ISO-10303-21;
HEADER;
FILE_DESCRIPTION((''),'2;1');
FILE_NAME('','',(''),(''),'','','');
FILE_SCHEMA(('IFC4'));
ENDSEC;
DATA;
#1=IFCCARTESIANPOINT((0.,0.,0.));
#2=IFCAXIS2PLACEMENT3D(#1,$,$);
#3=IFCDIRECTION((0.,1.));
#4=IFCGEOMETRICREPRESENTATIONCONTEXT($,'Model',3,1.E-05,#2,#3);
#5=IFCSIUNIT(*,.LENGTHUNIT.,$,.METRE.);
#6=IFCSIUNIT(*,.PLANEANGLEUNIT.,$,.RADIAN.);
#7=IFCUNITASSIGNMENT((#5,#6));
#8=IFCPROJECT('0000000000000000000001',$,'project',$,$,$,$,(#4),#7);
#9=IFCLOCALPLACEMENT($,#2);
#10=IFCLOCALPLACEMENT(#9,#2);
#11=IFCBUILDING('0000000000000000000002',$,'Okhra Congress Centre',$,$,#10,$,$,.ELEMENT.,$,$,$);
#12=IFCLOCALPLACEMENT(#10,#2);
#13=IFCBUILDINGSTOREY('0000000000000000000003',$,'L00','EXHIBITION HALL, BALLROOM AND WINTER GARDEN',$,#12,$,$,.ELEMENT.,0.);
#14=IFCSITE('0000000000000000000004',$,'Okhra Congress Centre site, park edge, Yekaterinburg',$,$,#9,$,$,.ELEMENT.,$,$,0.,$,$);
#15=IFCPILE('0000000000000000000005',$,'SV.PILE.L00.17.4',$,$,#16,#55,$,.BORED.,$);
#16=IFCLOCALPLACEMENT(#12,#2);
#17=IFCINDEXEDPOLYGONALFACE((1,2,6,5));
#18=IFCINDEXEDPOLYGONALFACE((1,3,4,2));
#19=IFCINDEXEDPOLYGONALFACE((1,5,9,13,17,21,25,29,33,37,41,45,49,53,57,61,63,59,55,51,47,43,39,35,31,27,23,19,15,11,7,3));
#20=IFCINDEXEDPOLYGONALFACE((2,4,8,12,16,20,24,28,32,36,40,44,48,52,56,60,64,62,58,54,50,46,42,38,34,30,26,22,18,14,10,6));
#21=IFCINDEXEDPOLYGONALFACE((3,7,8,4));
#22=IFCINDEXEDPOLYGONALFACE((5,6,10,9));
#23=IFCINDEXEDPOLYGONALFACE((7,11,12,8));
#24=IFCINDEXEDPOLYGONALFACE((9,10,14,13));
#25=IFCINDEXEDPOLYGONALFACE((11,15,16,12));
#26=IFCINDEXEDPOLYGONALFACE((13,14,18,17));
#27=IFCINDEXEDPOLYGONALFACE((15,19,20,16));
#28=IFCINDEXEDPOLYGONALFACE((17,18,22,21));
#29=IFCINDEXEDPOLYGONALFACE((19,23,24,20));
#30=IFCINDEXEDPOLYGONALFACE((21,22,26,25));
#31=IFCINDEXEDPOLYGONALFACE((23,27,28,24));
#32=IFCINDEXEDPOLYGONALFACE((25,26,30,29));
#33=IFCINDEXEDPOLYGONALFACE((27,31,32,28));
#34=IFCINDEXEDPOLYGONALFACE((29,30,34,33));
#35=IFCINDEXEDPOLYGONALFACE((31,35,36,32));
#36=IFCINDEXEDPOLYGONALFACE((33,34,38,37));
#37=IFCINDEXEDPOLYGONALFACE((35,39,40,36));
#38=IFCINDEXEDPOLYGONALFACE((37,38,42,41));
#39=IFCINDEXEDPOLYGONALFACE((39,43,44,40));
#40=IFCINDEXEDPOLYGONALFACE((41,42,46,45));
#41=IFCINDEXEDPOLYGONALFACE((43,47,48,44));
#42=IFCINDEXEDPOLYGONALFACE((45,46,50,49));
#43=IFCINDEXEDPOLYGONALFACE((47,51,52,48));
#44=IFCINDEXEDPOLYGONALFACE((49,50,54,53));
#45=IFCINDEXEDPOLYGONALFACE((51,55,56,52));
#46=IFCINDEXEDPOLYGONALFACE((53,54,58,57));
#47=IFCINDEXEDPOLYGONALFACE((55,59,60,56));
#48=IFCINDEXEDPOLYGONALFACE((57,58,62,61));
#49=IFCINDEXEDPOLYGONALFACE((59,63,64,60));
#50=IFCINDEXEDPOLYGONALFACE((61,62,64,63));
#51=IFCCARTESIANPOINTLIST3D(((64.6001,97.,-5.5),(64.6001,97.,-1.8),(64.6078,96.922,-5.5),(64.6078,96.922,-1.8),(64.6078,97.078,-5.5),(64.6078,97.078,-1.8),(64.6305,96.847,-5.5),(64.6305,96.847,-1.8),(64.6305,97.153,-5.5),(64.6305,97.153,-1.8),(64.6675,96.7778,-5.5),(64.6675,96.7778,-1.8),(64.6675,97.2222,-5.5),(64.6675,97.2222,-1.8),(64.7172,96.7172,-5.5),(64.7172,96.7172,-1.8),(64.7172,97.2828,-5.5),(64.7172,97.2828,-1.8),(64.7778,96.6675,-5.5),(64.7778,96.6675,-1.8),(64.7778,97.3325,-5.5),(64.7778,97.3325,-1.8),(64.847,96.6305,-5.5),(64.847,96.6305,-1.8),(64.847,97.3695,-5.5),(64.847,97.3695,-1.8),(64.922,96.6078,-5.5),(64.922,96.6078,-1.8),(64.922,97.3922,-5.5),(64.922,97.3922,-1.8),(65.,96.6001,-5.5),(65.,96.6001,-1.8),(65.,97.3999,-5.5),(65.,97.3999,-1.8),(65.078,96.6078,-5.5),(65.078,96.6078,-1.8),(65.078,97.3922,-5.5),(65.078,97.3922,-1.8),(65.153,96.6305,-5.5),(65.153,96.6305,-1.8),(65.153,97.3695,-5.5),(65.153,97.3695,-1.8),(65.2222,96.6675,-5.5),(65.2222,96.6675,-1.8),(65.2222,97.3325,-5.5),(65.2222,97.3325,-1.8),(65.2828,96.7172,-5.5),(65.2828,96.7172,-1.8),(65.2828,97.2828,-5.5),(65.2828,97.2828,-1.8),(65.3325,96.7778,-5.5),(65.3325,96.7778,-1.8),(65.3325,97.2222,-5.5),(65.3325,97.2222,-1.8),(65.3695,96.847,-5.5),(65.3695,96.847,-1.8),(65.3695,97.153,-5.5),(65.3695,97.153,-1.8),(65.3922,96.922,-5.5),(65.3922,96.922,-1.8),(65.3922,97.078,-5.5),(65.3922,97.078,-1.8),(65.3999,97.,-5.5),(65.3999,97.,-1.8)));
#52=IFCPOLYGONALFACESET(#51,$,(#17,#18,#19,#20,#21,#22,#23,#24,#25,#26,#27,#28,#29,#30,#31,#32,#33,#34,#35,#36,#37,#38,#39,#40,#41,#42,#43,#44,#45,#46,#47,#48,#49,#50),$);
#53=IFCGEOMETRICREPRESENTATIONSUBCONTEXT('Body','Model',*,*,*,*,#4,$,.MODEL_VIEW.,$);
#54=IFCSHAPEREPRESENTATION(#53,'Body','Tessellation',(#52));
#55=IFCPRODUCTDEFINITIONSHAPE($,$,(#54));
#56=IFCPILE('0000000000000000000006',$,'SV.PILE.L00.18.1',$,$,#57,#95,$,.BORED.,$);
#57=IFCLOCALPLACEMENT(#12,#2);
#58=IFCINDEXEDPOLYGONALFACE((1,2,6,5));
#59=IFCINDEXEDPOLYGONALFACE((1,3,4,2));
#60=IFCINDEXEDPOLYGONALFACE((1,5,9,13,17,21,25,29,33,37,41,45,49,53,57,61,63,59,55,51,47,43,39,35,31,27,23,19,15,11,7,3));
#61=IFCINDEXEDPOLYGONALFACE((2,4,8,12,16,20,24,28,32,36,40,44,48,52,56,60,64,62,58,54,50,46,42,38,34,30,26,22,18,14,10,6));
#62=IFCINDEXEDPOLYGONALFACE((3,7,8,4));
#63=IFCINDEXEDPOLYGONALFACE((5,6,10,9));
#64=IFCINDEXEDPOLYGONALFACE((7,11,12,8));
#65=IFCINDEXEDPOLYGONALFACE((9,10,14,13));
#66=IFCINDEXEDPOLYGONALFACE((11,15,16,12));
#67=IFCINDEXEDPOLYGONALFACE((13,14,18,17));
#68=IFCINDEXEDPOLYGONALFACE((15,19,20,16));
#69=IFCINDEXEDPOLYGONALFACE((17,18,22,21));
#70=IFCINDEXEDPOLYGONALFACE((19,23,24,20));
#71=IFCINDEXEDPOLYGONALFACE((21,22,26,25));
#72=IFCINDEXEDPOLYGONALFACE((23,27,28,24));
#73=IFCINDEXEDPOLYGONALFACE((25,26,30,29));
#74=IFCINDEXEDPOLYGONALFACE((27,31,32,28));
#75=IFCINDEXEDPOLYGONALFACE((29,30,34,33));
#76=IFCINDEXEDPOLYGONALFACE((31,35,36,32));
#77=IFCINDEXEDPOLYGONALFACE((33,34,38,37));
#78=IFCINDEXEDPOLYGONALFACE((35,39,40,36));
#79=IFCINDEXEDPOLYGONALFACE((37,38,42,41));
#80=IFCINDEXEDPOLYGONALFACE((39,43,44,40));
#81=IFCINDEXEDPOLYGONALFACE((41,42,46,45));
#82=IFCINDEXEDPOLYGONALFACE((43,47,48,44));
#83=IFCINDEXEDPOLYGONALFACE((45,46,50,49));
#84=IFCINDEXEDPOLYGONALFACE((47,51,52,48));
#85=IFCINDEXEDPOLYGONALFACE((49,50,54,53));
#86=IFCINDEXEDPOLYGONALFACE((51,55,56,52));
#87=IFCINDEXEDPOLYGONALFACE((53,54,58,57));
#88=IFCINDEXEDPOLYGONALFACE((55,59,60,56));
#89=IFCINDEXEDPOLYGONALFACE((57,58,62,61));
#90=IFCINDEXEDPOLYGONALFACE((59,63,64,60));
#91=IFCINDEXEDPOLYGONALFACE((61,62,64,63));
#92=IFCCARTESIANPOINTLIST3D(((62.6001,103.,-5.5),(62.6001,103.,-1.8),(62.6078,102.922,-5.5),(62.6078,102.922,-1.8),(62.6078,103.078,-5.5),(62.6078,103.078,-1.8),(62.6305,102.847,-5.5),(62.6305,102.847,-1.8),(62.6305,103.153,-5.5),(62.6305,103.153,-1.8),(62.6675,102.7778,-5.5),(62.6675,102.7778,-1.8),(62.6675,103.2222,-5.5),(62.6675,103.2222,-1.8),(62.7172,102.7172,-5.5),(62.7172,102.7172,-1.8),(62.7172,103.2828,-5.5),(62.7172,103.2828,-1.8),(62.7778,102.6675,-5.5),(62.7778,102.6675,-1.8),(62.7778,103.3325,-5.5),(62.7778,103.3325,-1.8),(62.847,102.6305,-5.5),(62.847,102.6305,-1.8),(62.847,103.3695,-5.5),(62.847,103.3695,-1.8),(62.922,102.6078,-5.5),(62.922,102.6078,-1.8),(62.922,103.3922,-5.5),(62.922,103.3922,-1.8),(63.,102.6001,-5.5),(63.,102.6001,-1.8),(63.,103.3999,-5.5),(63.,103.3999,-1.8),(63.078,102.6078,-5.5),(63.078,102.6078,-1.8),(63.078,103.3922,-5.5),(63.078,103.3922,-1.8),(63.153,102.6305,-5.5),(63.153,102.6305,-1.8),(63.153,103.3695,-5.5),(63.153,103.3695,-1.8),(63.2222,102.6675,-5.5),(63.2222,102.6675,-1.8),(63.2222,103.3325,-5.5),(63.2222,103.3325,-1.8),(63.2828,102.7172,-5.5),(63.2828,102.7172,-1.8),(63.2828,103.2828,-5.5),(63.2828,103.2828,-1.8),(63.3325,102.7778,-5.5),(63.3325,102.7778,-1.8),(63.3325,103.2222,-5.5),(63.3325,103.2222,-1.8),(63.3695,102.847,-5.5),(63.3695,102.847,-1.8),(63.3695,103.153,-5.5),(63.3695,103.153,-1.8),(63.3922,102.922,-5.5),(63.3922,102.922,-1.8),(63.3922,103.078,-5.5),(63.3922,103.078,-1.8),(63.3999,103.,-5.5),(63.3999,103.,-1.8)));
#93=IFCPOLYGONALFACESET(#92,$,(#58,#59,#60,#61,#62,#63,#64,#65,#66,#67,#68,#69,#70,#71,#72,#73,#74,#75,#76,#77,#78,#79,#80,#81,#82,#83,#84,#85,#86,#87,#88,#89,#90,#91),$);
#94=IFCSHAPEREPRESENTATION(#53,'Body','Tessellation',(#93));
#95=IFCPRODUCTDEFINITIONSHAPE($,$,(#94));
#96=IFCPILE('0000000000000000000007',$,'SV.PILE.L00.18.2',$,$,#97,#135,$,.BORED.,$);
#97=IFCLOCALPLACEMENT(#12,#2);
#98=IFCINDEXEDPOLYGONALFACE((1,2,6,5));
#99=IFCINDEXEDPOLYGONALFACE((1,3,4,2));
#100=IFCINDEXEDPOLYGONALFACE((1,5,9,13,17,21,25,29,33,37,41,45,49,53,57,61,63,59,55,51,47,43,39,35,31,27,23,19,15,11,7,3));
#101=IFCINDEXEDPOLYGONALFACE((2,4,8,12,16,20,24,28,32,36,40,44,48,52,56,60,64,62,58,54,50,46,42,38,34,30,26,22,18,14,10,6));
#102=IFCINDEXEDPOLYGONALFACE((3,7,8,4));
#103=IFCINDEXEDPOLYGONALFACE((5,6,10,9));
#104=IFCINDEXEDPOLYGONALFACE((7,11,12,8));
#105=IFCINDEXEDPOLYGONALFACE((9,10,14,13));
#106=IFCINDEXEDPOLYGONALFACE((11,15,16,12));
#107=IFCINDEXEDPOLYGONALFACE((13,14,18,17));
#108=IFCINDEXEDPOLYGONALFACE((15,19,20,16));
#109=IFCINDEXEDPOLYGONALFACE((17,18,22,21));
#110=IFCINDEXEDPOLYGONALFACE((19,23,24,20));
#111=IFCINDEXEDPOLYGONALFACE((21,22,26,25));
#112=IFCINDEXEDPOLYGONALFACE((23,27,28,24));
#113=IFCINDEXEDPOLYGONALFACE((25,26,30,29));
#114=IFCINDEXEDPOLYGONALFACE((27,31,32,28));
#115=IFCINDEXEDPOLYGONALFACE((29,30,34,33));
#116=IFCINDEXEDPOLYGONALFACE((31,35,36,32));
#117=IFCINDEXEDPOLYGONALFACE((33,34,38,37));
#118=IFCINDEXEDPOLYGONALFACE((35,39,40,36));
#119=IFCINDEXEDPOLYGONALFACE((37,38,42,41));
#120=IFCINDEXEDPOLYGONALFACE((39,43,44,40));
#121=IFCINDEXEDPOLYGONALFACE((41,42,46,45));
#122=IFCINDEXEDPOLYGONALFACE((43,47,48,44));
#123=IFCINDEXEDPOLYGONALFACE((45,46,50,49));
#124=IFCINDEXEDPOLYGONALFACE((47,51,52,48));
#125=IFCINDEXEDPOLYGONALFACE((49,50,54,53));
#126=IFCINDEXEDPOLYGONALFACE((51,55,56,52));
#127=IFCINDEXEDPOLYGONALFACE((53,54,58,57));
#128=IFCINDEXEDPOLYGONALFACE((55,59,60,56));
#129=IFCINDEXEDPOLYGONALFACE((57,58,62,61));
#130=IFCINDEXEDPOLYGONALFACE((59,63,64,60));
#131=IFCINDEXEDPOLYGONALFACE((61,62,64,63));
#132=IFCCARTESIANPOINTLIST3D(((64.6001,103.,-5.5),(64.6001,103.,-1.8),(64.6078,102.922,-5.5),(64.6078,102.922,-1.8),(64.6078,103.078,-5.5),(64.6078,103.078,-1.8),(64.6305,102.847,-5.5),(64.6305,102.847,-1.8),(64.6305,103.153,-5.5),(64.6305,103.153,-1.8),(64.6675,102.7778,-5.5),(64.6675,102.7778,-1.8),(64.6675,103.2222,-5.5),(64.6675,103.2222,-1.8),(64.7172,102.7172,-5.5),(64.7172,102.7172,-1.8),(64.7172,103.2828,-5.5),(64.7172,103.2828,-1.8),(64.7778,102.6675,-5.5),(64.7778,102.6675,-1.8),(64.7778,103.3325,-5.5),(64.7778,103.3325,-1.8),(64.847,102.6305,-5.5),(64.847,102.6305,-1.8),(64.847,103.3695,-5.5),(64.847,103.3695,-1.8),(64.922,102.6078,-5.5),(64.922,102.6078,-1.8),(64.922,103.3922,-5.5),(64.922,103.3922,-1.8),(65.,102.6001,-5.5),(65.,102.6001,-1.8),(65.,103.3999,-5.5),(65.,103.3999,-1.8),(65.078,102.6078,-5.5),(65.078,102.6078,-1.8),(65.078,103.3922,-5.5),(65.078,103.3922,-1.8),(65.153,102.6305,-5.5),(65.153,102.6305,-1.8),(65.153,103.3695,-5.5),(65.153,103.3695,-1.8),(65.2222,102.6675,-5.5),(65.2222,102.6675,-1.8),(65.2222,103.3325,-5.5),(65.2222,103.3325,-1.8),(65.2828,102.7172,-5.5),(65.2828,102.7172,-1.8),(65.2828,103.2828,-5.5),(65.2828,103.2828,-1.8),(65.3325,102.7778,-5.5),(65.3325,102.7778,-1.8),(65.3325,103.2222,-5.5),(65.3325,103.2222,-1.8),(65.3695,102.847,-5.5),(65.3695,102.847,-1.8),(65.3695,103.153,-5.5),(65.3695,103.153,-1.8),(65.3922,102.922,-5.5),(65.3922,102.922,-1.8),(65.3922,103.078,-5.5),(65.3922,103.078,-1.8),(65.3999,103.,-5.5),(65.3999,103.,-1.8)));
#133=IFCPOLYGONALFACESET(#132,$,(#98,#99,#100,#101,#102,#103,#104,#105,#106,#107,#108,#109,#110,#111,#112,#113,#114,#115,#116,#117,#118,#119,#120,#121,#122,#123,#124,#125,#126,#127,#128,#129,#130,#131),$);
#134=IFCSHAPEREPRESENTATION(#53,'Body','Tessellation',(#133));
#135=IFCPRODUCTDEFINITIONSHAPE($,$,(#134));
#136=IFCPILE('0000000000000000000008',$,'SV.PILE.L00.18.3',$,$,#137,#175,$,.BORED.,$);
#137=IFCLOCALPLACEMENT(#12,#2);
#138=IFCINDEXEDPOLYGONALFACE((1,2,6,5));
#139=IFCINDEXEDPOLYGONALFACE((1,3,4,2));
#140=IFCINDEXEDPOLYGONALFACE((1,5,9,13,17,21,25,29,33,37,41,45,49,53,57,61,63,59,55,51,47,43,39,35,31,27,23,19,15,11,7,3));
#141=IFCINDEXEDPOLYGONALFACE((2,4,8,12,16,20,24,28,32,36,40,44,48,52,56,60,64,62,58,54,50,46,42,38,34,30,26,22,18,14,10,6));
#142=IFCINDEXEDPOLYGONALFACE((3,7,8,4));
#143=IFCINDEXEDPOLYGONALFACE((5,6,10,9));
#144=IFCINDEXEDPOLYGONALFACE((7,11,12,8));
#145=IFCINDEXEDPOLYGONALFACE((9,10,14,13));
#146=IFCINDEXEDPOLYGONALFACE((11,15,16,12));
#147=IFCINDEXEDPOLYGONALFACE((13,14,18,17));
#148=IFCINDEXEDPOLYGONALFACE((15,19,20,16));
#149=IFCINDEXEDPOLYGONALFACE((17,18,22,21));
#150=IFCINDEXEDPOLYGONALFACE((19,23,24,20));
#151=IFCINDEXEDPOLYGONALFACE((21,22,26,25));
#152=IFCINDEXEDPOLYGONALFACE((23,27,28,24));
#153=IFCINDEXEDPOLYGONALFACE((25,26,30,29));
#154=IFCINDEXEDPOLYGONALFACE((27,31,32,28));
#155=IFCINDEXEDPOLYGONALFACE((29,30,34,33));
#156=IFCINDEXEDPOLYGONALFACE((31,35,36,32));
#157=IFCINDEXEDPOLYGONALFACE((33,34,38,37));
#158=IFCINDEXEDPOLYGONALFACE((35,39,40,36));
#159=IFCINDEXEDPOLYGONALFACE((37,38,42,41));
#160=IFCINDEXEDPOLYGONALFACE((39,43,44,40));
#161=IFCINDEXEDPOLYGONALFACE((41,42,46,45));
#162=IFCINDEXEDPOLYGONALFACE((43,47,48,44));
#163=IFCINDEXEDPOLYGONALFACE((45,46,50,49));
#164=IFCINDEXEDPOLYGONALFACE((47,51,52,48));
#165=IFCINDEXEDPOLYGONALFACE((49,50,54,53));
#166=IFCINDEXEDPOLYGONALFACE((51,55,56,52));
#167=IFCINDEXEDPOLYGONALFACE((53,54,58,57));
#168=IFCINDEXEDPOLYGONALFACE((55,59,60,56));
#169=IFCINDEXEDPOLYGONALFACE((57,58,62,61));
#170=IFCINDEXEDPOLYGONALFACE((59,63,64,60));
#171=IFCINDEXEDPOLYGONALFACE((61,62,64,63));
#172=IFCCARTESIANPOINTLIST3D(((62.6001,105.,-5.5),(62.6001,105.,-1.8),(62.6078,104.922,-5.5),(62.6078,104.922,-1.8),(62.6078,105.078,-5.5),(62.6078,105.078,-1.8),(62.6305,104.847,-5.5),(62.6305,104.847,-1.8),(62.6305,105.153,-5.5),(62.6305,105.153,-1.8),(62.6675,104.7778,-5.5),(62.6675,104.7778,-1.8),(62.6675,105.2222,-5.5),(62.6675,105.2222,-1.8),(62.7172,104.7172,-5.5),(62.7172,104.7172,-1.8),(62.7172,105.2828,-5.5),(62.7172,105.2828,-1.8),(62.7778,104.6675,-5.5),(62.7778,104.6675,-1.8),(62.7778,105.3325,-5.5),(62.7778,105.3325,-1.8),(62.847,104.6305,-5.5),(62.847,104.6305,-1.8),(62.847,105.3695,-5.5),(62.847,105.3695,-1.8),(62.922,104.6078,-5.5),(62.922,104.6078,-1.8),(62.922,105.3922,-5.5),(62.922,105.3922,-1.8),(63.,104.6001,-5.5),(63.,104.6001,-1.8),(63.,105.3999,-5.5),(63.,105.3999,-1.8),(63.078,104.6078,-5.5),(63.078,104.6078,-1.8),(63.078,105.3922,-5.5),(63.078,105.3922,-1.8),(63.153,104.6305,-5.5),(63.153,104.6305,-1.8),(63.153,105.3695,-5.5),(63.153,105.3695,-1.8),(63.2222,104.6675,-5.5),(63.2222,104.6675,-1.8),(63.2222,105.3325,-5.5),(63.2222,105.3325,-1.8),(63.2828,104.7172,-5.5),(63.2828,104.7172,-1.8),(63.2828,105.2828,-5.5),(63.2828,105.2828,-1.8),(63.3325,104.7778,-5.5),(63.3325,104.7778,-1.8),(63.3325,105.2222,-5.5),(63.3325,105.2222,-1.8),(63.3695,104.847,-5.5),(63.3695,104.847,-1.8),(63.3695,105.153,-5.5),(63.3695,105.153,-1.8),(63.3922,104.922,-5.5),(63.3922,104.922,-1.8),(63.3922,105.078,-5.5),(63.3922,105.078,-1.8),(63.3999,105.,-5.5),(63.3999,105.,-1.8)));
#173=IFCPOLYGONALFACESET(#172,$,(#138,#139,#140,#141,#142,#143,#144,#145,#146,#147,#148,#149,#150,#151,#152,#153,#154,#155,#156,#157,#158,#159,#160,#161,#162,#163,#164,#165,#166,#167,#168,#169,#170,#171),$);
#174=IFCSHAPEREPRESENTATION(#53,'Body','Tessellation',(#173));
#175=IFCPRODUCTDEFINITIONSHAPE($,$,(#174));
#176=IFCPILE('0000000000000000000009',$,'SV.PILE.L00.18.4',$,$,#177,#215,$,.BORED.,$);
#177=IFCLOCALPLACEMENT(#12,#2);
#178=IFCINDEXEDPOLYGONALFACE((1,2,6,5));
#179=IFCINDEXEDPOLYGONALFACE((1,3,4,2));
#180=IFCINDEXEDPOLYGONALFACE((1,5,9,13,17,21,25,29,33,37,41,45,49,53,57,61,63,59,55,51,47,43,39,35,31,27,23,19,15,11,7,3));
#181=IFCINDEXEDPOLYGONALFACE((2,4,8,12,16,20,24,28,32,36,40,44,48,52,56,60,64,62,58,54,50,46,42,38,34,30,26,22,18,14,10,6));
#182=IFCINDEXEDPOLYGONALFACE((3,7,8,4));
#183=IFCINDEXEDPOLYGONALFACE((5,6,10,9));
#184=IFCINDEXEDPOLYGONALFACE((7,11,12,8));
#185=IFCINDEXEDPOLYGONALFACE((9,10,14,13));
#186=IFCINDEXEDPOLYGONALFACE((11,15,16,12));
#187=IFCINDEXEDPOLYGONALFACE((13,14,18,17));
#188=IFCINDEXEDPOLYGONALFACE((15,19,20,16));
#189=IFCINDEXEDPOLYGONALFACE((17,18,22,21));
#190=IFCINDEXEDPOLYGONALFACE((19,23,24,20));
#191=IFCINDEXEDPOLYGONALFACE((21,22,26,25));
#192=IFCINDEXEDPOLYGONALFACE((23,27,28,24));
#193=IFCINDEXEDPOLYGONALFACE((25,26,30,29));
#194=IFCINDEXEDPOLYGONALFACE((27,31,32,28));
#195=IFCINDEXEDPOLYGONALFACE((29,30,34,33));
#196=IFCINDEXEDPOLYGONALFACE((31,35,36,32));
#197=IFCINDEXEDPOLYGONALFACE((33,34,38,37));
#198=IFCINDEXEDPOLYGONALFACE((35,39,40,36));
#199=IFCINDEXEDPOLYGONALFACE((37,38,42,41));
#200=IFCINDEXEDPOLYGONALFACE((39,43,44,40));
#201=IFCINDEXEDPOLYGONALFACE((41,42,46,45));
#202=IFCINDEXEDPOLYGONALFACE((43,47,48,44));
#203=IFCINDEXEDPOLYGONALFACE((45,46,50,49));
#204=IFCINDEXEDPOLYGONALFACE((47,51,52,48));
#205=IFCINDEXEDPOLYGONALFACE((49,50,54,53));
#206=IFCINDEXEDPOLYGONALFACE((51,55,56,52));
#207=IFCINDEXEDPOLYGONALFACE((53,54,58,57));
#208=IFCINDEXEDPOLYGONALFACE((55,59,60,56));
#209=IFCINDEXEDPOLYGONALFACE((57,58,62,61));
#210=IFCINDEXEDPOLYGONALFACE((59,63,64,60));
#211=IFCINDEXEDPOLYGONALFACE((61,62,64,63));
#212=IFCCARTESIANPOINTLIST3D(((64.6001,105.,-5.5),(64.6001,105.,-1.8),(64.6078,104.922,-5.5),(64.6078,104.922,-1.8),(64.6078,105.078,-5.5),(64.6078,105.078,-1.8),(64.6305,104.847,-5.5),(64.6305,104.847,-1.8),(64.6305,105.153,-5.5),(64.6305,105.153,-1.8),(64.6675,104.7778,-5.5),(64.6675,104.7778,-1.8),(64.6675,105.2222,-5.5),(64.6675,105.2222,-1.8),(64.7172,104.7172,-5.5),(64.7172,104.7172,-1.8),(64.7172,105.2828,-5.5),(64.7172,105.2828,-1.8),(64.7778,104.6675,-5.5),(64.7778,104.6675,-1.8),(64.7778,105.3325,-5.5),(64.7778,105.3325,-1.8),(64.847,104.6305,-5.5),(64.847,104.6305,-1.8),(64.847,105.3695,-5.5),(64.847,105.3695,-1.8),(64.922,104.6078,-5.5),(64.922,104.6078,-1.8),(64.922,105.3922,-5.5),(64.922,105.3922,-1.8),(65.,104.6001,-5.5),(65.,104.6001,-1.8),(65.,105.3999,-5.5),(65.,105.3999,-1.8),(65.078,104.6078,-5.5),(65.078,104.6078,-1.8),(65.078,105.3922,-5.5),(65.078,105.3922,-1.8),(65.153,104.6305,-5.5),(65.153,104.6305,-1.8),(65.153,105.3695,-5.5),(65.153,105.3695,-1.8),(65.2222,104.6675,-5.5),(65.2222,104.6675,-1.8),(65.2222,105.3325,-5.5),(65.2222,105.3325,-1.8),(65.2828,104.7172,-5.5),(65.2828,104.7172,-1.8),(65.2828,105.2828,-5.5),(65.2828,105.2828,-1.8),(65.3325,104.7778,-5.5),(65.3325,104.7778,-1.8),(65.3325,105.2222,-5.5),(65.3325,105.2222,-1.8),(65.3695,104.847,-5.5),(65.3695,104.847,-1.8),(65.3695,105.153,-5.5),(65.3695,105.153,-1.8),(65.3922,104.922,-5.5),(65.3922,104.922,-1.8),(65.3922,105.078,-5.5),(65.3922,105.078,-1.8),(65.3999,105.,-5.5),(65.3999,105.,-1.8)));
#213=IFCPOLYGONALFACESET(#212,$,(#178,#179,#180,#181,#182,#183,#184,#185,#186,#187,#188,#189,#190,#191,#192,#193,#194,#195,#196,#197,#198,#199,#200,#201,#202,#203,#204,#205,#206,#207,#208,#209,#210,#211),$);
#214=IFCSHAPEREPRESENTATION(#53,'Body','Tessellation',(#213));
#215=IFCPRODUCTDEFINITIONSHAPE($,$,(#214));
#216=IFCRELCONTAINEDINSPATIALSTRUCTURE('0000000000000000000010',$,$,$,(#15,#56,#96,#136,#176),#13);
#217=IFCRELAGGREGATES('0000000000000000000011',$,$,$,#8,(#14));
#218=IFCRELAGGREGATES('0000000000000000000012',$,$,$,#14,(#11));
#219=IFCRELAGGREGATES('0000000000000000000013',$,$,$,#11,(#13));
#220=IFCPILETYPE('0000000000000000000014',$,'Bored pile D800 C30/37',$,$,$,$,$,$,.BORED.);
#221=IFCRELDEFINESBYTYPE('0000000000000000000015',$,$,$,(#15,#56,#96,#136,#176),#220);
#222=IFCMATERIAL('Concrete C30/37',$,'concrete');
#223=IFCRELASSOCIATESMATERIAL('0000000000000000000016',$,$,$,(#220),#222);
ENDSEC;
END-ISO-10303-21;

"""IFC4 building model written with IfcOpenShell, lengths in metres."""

from ifc_helpers import new_model, si_unit, direction, frame, origin, origin_2d, place, context, subcontext, project, spatial, circle, extrude, material, material_profile, profile_set, type_object, element, save


model = new_model("IFC4")

# Units and contexts
model_context = context("Model", 3, precision=1e-05, world=origin(), true_north=direction((0.0, 1.0)))
body_context = subcontext(model_context, "Body", "Model", "MODEL_VIEW")
ifc_project = project(units=[si_unit("LENGTHUNIT", "METRE"), si_unit("PLANEANGLEUNIT", "RADIAN")], contexts=[model_context])

# Site, building, storey
site_placement = place(None, origin())
site = spatial("IfcSite", under=ifc_project, at=site_placement, Name="Okhra Congress Centre site, park edge, Yekaterinburg", CompositionType="ELEMENT", RefElevation=0.0)
building_placement = place(site_placement, origin())
building = spatial("IfcBuilding", under=site, at=building_placement, Name="Okhra Congress Centre", CompositionType="ELEMENT")
storey_placement = place(building_placement, origin())
storey = spatial("IfcBuildingStorey", under=building, at=storey_placement, Name="L00", Description="EXHIBITION HALL, BALLROOM AND WINTER GARDEN", CompositionType="ELEMENT", Elevation=0.0)

# Piles
ifc_material_1 = material(Name="Concrete C30/37", Category="concrete")
ifc_material_profile_1 = material_profile(ifc_material_1, circle(Radius=0.3999, at=origin_2d()), Name="D800")
ifc_profile_set_1 = profile_set([ifc_material_profile_1], Name="Concrete C30/37")
pile_type = type_object("IfcPileType", Name="Bored pile D800 C30/37", PredefinedType="BORED", material=ifc_profile_set_1)
for number, where, z_axis, x_axis, name in (
    (1, (65.0, 97.0, -1.8), (0.0, 0.0, -1.0), (1.0, 0.0, 0.0), "SV.PILE.L00.17.4"),
    (2, (63.0, 103.0, -1.8), (0.0, 0.0, -1.0), (1.0, 0.0, 0.0), "SV.PILE.L00.18.1"),
    (3, (65.0, 103.0, -1.8), (0.0, 0.0, -1.0), (1.0, 0.0, 0.0), "SV.PILE.L00.18.2"),
    (4, (63.0, 105.0, -1.8), (0.0, 0.0, -1.0), (1.0, 0.0, 0.0), "SV.PILE.L00.18.3"),
    (5, (65.0, 105.0, -1.8), (0.0, 0.0, -1.0), (1.0, 0.0, 0.0), "SV.PILE.L00.18.4"),
):
    element("IfcPile", number, at=place(storey_placement, frame(where, z_axis=z_axis, x_axis=x_axis)), inside=storey, type_object=pile_type, Name=name, PredefinedType="BORED", context=body_context, shape_type="SweptSolid", body=[
        extrude(circle(Radius=0.3999, at=origin_2d()), origin(), (0.0, 0.0, 1.0), 3.7),
    ])

save(model, "model.ifc")
